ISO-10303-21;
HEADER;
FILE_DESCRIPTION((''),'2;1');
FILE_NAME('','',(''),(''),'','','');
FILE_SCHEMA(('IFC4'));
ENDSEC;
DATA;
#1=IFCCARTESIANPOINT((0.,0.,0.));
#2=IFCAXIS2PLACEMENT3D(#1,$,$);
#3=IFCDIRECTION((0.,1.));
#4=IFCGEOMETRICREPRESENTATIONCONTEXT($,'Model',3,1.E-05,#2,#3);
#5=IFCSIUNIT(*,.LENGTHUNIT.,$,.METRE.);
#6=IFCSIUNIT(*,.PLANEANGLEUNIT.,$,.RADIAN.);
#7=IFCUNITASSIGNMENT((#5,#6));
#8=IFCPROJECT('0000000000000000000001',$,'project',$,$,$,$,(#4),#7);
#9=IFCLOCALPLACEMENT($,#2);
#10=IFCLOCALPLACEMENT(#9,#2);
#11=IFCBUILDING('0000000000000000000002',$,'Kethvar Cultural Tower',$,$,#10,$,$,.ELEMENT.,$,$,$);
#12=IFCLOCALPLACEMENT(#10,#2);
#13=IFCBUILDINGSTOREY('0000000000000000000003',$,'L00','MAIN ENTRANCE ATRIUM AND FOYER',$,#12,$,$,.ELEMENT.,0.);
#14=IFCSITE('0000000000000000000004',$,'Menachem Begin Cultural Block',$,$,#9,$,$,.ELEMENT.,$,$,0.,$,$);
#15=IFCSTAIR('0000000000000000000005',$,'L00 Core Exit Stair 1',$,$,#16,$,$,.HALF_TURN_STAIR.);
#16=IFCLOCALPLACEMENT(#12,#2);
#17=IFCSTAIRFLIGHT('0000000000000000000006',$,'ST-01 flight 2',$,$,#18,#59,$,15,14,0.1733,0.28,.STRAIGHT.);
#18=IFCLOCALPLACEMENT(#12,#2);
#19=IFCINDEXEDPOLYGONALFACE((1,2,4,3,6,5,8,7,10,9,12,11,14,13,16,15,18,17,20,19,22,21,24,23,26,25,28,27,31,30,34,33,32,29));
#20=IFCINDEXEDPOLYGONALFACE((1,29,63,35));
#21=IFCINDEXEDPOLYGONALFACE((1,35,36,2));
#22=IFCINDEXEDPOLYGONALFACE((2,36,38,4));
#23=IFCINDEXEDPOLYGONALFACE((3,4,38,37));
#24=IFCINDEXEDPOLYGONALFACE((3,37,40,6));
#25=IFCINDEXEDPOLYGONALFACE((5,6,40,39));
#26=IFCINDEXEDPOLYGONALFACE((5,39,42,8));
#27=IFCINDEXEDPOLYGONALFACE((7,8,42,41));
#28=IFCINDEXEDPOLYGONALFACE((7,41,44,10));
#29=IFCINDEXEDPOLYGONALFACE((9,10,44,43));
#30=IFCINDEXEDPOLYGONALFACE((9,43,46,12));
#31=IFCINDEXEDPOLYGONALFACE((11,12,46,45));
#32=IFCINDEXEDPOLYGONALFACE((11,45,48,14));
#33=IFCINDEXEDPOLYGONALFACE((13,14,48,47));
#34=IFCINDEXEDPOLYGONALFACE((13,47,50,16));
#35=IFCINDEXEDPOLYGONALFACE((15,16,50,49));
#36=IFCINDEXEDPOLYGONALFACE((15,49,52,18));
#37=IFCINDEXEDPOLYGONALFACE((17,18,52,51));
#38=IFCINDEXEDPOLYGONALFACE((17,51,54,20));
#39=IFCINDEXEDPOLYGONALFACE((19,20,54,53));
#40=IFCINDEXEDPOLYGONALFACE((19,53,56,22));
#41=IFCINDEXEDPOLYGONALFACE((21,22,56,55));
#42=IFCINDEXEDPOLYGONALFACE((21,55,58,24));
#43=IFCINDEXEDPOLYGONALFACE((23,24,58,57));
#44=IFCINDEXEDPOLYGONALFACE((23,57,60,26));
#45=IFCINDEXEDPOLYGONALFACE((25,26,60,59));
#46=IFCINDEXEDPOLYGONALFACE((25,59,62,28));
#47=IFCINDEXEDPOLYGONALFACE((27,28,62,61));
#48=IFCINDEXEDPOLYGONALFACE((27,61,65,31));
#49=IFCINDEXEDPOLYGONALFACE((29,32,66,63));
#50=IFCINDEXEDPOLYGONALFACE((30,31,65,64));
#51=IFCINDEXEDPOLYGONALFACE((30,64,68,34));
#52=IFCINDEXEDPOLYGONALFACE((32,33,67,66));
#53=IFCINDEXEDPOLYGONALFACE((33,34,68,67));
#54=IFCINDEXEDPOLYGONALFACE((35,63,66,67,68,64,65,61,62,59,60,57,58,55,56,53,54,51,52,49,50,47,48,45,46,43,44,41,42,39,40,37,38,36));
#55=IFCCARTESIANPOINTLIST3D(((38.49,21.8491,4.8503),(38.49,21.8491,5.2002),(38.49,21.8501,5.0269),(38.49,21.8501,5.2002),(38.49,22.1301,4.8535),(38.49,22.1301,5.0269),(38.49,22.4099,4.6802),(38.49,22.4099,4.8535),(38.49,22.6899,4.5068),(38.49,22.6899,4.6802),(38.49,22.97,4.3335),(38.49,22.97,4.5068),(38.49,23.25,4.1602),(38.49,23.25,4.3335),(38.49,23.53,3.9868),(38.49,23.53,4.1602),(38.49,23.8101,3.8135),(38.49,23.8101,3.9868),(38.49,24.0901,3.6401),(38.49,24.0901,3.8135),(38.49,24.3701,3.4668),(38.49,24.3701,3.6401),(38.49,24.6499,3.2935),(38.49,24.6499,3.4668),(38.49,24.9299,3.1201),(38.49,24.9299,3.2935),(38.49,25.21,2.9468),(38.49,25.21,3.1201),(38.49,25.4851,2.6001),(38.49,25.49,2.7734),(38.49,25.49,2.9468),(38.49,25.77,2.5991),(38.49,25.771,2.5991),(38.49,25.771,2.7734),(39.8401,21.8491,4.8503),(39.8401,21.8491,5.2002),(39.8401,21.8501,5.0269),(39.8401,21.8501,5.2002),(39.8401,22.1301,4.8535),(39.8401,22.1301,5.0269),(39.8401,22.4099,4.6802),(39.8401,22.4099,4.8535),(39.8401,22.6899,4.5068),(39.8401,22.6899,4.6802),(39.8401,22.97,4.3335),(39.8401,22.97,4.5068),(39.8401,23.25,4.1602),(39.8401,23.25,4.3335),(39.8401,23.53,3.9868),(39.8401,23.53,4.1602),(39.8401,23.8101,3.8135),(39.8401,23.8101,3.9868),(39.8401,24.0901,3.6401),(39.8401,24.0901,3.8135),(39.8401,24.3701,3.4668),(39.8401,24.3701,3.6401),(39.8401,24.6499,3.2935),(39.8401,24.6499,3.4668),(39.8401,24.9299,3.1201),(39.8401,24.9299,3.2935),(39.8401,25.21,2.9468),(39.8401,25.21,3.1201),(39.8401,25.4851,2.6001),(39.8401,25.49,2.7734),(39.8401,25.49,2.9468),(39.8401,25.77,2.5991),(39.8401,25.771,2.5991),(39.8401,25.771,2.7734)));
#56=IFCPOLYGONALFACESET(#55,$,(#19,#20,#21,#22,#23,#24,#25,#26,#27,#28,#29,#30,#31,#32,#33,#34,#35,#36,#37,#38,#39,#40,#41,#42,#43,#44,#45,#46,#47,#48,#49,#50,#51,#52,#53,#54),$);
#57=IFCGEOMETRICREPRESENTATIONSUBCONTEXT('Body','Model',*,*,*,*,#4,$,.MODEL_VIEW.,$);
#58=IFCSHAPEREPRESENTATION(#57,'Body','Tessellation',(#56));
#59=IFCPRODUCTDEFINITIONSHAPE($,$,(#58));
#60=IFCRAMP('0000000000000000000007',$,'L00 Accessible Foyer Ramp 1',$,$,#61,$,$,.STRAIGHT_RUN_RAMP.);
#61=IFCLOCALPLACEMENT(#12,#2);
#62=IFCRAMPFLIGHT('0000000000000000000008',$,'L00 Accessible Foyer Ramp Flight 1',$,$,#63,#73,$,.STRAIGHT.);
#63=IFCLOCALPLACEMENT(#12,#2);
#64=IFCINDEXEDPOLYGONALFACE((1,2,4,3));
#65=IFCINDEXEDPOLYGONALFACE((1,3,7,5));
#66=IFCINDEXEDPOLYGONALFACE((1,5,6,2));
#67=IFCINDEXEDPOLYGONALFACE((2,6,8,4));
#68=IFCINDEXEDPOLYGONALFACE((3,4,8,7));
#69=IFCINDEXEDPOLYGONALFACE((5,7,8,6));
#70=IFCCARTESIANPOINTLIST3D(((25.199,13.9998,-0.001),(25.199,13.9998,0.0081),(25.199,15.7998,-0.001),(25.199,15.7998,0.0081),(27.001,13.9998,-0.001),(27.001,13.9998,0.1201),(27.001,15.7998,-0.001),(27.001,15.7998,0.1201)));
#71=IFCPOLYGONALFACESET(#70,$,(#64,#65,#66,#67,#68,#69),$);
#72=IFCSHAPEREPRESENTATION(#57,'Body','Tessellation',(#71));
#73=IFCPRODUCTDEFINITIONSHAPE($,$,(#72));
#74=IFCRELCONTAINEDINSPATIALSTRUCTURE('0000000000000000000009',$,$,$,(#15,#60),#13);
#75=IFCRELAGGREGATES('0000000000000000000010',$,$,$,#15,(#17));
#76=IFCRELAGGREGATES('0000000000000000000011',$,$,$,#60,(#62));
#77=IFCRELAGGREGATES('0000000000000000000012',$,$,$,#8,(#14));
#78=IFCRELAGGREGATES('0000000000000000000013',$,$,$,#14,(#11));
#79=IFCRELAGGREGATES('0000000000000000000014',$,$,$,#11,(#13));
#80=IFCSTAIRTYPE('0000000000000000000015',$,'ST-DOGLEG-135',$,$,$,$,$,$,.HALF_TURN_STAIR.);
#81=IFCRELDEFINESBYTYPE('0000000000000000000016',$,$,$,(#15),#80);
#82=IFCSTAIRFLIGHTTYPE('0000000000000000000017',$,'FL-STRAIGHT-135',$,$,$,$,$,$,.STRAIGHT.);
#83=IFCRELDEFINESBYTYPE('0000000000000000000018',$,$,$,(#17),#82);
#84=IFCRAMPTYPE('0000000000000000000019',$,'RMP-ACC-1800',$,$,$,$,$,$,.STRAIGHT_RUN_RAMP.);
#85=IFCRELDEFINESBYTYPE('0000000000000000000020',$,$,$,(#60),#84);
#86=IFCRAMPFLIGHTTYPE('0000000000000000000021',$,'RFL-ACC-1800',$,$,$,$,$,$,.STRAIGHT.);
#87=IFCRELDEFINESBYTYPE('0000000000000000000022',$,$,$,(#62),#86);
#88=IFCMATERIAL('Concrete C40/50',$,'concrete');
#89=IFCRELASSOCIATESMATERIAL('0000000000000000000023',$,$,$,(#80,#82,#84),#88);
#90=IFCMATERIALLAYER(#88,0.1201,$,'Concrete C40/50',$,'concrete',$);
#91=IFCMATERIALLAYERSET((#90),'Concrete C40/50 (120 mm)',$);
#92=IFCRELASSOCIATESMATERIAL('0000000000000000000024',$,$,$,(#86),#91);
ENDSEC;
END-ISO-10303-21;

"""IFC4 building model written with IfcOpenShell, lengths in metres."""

from ifc_helpers import new_model, si_unit, direction, frame, origin, place, context, subcontext, project, spatial, polyline, outline, extrude, material, layer, layer_set, type_object, element, aggregate, save


model = new_model("IFC4")

# Units and contexts
model_context = context("Model", 3, precision=1e-05, world=origin(), true_north=direction((0.0, 1.0)))
body_context = subcontext(model_context, "Body", "Model", "MODEL_VIEW")
ifc_project = project(units=[si_unit("LENGTHUNIT", "METRE"), si_unit("PLANEANGLEUNIT", "RADIAN")], contexts=[model_context])

# Site, building, storey
site_placement = place(None, origin())
site = spatial("IfcSite", under=ifc_project, at=site_placement, Name="Menachem Begin Cultural Block", CompositionType="ELEMENT", RefElevation=0.0)
building_placement = place(site_placement, origin())
building = spatial("IfcBuilding", under=site, at=building_placement, Name="Kethvar Cultural Tower", CompositionType="ELEMENT")
storey_placement = place(building_placement, origin())
storey = spatial("IfcBuildingStorey", under=building, at=storey_placement, Name="L00", Description="MAIN ENTRANCE ATRIUM AND FOYER", CompositionType="ELEMENT", Elevation=0.0)

# Shared definitions
ifc_material_1 = material(Name="Concrete C40/50", Category="concrete")

# Stair, stair flight
stair_type = type_object("IfcStairType", Name="ST-DOGLEG-135", PredefinedType="HALF_TURN_STAIR", material=ifc_material_1)
stair_placement = place(storey_placement, origin())
stair = element("IfcStair", 1, at=stair_placement, inside=storey, type_object=stair_type, Name="L00 Core Exit Stair 1", PredefinedType="HALF_TURN_STAIR")
stair_flight_type = type_object("IfcStairFlightType", Name="FL-STRAIGHT-135", PredefinedType="STRAIGHT", material=ifc_material_1)
stair_flight_1_placement = place(storey_placement, frame((39.165, 25.77, 2.6001), z_axis=(0.0, 0.0, 1.0), x_axis=(0.0, -1.0, 0.0)))
stair_flight_1 = element("IfcStairFlight", 2, at=stair_flight_1_placement, type_object=stair_flight_type, Name="ST-01 flight 2", NumberOfRisers=15, NumberOfTreads=14, PredefinedType="STRAIGHT", RiserHeight=0.1733, TreadLength=0.28, context=body_context, shape_type="SweptSolid", body=[
    extrude(outline(polyline([(-0.001, -0.001), (-0.001, 0.1733), (0.28, 0.1733), (0.28, 0.3467), (0.5601, 0.3467), (0.5601, 0.52), (0.8401, 0.52), (0.8401, 0.6934), (1.1201, 0.6934), (1.1201, 0.8667), (1.3999, 0.8667), (1.3999, 1.04), (1.6799, 1.04), (1.6799, 1.2134), (1.96, 1.2134), (1.96, 1.3867), (2.24, 1.3867), (2.24, 1.5601), (2.52, 1.5601), (2.52, 1.7334), (2.8, 1.7334), (2.8, 1.9067), (3.0801, 1.9067), (3.0801, 2.0801), (3.3601, 2.0801), (3.3601, 2.2534), (3.6399, 2.2534), (3.6399, 2.4268), (3.9199, 2.4268), (3.9199, 2.6001), (3.9209, 2.6001), (3.9209, 2.2502), (0.2849, 0.0), (0.0, -0.001), (-0.001, -0.001)])), frame((0.0, 0.675, 0.0), z_axis=(0.0, -1.0, 0.0), x_axis=(1.0, 0.0, 0.0)), (0.0, 0.0, 1.0), 1.3501),
])
aggregate(stair, [stair_flight_1])

# Ramp, ramp flight
ramp_type = type_object("IfcRampType", Name="RMP-ACC-1800", PredefinedType="STRAIGHT_RUN_RAMP", material=ifc_material_1)
ramp_placement = place(storey_placement, origin())
ramp = element("IfcRamp", 3, at=ramp_placement, inside=storey, type_object=ramp_type, Name="L00 Accessible Foyer Ramp 1", PredefinedType="STRAIGHT_RUN_RAMP")
ifc_layer_1 = layer(ifc_material_1, 0.1201, Name="Concrete C40/50", Category="concrete")
ifc_layer_set_1 = layer_set([ifc_layer_1], Name="Concrete C40/50 (120 mm)")
ramp_flight_type = type_object("IfcRampFlightType", Name="RFL-ACC-1800", PredefinedType="STRAIGHT", material=ifc_layer_set_1)
ramp_flight_placement = place(storey_placement, frame((25.2, 14.8999, 0.0), z_axis=(0.0, 0.0, 1.0), x_axis=(1.0, 0.0, 0.0)))
ramp_flight = element("IfcRampFlight", 4, at=ramp_flight_placement, type_object=ramp_flight_type, Name="L00 Accessible Foyer Ramp Flight 1", PredefinedType="STRAIGHT", context=body_context, shape_type="SweptSolid", body=[
    extrude(outline(polyline([(-0.001, -0.001), (1.801, -0.001), (1.801, 0.1201), (-0.001, 0.0081), (-0.001, -0.001)])), frame((0.0, 0.8999, 0.0), z_axis=(0.0, -1.0, 0.0), x_axis=(1.0, 0.0, 0.0)), (0.0, 0.0, 1.0), 1.8),
])
aggregate(ramp, [ramp_flight])

save(model, "model.ifc")
